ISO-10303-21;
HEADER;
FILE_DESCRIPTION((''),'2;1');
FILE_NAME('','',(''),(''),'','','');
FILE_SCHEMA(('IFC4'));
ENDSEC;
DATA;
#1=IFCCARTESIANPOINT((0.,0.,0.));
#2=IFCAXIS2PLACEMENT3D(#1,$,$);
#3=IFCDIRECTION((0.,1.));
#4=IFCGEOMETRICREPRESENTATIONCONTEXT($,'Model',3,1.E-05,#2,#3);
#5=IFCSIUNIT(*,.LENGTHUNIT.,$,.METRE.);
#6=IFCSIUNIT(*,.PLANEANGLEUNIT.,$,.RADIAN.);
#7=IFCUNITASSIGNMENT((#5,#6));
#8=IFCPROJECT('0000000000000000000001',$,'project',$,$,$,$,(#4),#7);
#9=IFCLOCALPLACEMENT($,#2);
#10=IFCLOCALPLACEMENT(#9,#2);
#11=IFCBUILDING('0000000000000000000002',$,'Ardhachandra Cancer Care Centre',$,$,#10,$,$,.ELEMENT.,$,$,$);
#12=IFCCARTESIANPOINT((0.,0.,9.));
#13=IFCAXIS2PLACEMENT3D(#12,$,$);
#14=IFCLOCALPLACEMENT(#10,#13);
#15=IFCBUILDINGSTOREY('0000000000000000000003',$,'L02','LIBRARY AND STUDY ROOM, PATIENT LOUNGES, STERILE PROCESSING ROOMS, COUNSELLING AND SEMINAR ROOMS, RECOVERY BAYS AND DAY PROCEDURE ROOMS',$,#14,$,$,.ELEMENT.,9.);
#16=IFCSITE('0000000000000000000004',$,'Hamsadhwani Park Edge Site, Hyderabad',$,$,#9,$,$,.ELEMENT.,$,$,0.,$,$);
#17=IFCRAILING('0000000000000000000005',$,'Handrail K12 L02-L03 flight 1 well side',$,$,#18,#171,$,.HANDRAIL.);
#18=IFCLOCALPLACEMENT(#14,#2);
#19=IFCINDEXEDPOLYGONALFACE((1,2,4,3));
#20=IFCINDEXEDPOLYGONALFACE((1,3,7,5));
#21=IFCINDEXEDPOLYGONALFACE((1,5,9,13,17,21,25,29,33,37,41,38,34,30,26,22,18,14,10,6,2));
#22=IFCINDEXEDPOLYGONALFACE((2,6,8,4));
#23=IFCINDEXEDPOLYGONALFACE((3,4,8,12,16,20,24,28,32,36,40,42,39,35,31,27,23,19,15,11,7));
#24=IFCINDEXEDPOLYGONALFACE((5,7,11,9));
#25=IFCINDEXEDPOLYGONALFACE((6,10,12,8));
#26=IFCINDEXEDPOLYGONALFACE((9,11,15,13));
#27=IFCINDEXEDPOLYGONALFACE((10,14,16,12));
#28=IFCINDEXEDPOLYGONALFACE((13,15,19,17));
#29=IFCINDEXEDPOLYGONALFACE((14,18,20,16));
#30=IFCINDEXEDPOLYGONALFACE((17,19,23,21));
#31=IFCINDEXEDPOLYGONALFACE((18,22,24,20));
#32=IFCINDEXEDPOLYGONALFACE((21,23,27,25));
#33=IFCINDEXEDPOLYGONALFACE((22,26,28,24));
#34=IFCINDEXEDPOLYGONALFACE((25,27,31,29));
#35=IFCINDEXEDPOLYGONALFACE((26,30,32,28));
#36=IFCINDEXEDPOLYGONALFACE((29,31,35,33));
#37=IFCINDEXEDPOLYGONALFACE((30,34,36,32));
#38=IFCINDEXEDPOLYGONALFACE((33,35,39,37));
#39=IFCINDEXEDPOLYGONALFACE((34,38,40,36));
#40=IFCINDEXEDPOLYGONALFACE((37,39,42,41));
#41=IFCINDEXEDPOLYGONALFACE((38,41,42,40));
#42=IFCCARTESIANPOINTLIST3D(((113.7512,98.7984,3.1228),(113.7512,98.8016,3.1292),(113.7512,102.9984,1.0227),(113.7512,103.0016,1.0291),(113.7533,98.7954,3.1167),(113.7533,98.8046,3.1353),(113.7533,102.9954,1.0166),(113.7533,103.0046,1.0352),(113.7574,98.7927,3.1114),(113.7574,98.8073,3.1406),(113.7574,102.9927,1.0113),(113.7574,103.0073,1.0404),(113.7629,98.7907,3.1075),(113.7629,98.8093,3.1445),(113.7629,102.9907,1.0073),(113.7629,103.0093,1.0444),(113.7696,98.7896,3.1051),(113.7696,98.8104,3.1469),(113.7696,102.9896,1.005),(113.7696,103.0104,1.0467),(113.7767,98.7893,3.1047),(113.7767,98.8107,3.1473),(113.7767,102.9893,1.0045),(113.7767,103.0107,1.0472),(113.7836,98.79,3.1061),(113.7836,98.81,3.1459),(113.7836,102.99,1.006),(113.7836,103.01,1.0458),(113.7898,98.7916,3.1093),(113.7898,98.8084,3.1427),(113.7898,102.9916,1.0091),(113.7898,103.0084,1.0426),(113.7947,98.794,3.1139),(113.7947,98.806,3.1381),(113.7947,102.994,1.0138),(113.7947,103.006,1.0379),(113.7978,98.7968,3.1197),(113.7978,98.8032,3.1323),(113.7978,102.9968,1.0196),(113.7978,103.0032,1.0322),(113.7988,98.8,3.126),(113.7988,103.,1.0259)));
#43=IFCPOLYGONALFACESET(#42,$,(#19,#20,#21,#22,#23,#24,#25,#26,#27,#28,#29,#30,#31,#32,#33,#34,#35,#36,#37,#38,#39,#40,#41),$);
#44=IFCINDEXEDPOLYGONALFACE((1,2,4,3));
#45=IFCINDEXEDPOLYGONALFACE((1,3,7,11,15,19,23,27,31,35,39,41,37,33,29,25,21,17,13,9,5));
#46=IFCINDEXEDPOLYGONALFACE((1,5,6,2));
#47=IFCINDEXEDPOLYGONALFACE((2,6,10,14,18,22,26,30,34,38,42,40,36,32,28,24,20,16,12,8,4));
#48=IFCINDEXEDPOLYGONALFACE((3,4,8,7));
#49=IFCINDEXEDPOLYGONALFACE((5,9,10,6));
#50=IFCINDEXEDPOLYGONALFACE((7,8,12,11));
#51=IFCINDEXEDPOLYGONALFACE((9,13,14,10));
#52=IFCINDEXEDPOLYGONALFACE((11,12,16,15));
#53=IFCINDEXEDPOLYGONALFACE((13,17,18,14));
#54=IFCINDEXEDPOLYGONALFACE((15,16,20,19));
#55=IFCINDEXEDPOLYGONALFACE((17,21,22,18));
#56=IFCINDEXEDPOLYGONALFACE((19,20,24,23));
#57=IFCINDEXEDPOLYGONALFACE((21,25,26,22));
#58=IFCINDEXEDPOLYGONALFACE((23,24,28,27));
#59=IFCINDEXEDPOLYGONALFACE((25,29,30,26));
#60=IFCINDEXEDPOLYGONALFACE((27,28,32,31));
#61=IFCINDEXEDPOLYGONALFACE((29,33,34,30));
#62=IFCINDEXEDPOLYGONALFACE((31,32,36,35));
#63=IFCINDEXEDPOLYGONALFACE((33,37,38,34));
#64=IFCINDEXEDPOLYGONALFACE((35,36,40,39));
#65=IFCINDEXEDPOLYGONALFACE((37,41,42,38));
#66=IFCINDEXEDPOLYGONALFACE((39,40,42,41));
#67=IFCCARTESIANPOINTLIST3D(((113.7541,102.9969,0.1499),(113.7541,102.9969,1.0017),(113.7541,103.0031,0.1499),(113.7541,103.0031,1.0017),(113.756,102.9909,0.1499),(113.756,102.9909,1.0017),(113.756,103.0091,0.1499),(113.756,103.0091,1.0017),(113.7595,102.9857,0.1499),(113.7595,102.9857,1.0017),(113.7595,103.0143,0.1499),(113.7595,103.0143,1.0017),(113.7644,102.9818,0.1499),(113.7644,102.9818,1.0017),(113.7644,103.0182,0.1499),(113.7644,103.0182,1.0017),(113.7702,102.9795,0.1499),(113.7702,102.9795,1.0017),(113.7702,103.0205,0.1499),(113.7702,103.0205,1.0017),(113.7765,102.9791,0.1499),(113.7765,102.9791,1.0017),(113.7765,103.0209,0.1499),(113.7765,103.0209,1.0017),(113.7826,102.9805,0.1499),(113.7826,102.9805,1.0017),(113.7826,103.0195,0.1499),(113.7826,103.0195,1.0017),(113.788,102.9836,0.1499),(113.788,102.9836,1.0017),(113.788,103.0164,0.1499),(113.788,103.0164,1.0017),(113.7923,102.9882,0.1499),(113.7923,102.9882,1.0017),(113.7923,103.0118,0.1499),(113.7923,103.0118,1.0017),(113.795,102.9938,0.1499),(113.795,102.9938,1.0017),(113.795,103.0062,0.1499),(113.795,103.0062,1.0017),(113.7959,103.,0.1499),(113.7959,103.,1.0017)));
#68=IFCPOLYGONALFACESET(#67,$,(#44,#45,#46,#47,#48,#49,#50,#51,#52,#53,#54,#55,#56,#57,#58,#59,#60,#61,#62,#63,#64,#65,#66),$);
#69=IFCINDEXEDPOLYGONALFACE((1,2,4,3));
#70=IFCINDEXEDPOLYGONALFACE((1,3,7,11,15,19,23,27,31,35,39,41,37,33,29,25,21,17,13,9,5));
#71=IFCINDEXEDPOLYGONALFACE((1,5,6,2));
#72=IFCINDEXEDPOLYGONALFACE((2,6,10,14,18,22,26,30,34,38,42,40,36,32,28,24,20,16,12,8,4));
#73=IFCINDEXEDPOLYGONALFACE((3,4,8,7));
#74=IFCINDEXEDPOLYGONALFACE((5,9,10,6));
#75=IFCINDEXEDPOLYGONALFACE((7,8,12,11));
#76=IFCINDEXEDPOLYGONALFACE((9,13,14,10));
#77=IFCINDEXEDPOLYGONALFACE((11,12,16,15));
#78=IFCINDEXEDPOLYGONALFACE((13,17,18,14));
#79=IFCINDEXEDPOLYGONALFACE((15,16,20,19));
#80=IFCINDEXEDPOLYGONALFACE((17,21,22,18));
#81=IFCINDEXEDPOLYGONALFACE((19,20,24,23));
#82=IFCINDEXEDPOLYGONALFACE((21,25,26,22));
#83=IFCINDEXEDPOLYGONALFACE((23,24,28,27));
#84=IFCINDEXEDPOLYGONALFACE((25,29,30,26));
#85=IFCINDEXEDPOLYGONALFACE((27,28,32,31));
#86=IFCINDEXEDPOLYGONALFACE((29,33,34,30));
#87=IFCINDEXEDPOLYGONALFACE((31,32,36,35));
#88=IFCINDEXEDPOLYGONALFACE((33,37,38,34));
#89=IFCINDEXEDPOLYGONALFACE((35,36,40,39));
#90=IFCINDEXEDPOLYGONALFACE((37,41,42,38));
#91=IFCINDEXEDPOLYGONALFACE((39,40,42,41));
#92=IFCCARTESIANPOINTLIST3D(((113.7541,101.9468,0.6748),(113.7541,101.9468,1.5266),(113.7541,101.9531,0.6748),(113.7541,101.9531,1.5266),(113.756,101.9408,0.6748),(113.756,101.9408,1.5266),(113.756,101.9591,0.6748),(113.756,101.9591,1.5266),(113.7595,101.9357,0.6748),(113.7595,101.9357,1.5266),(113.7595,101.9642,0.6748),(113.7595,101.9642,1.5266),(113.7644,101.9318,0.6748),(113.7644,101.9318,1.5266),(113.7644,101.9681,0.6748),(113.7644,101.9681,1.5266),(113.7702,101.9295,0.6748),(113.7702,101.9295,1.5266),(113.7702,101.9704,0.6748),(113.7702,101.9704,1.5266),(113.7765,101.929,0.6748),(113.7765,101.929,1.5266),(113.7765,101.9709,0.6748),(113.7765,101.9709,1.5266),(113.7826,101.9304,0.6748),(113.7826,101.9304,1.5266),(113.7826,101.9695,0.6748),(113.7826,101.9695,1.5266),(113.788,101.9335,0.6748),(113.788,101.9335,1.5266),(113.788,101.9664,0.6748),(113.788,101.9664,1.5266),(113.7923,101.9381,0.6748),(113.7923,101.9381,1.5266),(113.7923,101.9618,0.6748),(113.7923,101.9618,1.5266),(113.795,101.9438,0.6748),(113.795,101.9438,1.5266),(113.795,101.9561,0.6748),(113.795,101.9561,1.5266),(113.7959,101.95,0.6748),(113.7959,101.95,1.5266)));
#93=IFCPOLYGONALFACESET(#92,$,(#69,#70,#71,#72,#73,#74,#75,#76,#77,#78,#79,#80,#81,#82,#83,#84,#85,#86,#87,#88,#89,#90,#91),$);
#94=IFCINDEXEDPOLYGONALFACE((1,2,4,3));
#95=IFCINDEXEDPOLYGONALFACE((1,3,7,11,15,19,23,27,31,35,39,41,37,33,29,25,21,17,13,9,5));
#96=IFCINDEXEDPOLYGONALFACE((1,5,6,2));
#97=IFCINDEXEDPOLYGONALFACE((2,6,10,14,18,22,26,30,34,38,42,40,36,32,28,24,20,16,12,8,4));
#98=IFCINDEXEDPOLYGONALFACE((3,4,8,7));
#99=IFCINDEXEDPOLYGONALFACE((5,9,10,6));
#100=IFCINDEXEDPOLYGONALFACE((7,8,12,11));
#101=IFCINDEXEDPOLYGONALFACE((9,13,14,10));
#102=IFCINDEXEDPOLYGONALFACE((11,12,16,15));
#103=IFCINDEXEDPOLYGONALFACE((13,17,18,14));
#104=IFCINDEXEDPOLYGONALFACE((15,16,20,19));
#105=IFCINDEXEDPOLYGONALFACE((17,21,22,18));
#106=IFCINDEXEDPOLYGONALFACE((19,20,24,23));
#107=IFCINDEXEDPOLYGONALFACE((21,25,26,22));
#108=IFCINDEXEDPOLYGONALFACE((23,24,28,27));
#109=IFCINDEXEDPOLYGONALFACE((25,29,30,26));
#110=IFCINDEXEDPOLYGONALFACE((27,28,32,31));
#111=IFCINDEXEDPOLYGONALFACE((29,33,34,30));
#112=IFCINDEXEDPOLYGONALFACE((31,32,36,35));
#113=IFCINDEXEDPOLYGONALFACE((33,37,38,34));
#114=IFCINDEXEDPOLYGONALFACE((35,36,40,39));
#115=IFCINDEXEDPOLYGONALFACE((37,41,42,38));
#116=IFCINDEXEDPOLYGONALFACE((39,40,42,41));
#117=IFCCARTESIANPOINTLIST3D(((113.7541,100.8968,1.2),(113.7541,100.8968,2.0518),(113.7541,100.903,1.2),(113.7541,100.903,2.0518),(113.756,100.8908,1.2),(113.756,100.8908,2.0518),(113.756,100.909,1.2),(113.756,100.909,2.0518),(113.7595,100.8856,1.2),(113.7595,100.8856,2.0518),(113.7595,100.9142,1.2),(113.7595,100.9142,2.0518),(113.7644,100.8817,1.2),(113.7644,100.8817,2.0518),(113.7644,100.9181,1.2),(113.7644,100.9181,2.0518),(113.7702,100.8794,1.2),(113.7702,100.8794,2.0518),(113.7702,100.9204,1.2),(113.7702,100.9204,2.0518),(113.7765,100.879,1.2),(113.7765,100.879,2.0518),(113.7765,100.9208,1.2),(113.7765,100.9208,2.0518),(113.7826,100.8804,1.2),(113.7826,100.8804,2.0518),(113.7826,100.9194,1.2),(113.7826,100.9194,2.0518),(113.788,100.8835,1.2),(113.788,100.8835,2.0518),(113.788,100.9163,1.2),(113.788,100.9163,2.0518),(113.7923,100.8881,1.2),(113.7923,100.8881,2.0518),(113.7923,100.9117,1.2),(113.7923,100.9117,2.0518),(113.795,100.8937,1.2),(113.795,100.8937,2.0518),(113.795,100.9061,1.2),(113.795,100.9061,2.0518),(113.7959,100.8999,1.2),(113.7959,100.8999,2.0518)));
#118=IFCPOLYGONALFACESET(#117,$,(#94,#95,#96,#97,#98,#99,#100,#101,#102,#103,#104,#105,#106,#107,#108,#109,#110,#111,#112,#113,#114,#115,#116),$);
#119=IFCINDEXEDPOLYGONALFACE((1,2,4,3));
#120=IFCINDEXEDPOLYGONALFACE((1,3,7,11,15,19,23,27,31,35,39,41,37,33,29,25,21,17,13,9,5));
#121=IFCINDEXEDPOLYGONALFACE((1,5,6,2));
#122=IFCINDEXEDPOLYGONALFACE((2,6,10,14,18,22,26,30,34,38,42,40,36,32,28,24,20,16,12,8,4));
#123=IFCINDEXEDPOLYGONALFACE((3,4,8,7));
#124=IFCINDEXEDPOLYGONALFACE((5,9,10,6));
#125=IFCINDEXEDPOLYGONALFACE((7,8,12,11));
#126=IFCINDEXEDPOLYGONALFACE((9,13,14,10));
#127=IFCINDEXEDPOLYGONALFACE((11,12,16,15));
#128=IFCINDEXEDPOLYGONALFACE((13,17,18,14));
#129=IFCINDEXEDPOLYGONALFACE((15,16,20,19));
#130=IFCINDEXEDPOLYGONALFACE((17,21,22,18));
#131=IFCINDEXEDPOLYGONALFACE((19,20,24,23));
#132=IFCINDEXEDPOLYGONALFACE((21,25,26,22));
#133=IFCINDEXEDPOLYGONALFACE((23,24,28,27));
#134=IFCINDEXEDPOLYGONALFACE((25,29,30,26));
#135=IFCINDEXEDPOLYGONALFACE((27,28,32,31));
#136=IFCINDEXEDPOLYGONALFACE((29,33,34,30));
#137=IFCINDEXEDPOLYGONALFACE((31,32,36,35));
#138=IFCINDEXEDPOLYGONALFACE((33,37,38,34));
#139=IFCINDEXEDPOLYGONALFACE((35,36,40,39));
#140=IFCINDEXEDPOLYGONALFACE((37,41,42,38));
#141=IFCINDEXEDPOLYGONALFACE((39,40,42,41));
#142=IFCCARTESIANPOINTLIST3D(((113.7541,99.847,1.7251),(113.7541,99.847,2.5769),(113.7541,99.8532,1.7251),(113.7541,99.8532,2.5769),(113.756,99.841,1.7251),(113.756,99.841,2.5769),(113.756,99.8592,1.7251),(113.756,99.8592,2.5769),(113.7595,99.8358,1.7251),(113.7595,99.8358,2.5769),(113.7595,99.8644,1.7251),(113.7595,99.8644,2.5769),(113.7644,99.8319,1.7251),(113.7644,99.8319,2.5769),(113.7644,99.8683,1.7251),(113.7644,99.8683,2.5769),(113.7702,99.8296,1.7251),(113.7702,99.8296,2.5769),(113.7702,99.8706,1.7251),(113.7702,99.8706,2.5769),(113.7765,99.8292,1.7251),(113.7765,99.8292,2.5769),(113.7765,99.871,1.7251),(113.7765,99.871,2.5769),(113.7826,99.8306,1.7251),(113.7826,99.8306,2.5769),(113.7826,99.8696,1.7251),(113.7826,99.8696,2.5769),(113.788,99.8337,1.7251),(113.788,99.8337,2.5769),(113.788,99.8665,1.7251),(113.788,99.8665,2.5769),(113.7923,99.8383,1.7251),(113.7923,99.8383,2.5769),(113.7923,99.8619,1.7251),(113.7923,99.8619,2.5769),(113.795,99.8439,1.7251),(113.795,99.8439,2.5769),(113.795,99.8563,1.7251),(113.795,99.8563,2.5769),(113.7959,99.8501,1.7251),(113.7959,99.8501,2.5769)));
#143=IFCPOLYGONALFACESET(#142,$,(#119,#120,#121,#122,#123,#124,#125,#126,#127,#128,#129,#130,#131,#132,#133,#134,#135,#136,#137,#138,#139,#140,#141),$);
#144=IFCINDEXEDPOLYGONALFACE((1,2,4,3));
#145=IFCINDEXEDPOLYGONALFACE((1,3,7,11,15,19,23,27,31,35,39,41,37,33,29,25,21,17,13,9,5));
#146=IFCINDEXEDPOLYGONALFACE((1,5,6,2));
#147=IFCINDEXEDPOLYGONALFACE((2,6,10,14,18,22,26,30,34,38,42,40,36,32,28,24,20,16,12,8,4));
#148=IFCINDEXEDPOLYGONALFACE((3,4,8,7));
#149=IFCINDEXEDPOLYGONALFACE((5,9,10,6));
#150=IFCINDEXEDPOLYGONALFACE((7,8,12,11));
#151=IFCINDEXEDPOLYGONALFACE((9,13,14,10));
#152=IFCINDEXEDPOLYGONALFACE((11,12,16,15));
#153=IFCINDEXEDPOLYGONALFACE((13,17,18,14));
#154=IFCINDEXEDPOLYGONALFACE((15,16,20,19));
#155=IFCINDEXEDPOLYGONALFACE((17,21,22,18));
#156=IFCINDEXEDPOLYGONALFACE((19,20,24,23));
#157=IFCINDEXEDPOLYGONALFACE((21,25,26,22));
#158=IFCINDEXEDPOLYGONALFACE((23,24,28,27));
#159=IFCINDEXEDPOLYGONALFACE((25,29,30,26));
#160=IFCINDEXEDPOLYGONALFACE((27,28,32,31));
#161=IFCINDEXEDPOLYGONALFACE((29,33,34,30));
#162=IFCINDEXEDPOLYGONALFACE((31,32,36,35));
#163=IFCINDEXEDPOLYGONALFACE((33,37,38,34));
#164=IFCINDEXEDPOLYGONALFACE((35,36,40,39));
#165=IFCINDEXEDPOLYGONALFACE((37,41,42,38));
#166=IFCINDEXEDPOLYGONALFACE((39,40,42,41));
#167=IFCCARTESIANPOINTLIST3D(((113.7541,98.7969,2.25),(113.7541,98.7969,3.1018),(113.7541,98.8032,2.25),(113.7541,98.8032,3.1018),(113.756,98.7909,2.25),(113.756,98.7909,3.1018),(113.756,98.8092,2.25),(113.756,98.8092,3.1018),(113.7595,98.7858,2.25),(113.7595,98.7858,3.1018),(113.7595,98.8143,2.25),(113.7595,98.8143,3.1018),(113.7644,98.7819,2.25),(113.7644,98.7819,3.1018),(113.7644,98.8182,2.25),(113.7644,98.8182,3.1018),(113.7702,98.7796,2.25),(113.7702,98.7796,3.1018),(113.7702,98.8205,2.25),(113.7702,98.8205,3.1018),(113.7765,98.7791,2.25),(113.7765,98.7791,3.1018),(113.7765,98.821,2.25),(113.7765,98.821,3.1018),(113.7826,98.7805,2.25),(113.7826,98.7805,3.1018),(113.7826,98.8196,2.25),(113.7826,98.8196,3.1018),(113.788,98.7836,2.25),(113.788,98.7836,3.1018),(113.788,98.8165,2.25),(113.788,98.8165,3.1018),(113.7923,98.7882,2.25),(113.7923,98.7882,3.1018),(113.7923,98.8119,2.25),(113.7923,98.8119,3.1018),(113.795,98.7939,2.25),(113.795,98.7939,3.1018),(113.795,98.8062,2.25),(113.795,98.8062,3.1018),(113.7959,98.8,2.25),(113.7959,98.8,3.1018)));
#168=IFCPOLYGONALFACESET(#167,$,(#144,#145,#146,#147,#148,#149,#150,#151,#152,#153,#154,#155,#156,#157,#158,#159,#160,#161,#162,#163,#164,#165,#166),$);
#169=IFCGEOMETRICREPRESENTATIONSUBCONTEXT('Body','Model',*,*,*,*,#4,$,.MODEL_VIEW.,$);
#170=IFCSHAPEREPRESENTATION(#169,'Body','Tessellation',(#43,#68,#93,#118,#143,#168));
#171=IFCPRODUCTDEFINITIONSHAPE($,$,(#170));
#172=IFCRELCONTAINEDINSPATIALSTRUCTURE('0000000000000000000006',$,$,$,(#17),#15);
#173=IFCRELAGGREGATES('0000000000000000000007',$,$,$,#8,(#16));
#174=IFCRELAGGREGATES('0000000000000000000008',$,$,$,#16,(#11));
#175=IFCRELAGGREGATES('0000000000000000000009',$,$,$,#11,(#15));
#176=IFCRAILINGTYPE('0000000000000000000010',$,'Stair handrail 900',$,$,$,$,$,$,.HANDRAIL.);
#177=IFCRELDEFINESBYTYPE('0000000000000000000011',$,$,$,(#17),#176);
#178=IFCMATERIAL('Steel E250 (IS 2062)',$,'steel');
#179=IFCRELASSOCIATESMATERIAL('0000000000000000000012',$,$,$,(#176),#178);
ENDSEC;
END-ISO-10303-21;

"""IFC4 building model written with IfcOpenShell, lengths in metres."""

from ifc_helpers import new_model, si_unit, direction, frame, origin, origin_2d, place, context, subcontext, project, spatial, circle, extrude, material, type_object, element, save


model = new_model("IFC4")

# Units and contexts
model_context = context("Model", 3, precision=1e-05, world=origin(), true_north=direction((0.0, 1.0)))
body_context = subcontext(model_context, "Body", "Model", "MODEL_VIEW")
ifc_project = project(units=[si_unit("LENGTHUNIT", "METRE"), si_unit("PLANEANGLEUNIT", "RADIAN")], contexts=[model_context])

# Site, building, storey
site_placement = place(None, origin())
site = spatial("IfcSite", under=ifc_project, at=site_placement, Name="Hamsadhwani Park Edge Site, Hyderabad", CompositionType="ELEMENT", RefElevation=0.0)
building_placement = place(site_placement, origin())
building = spatial("IfcBuilding", under=site, at=building_placement, Name="Ardhachandra Cancer Care Centre", CompositionType="ELEMENT")
storey_placement = place(building_placement, frame((0.0, 0.0, 9.0)))
storey = spatial("IfcBuildingStorey", under=building, at=storey_placement, Name="L02", Description="LIBRARY AND STUDY ROOM, PATIENT LOUNGES, STERILE PROCESSING ROOMS, COUNSELLING AND SEMINAR ROOMS, RECOVERY BAYS AND DAY PROCEDURE ROOMS", CompositionType="ELEMENT", Elevation=9.0)

# Railing
ifc_material_1 = material(Name="Steel E250 (IS 2062)", Category="steel")
railing_type_1 = type_object("IfcRailingType", Name="Stair handrail 900", PredefinedType="HANDRAIL", material=ifc_material_1)
for number, where, name in (
    (1, (113.7749, 103.0, 0.1499), "Handrail K12 L02-L03 flight 1 well side"),
):
    element("IfcRailing", number, at=place(storey_placement, frame(where)), inside=storey, type_object=railing_type_1, Name=name, PredefinedType="HANDRAIL", context=body_context, shape_type="SweptSolid", body=[
        extrude(circle(Radius=0.0239, at=origin_2d()), frame((0.0, 0.0, 0.876), z_axis=(0.0, -0.894417, 0.447234), x_axis=(1.0, 0.0, 0.0)), (0.0, 0.0, 1.0), 4.6958),
        extrude(circle(Radius=0.021, at=origin_2d()), origin(), (0.0, 0.0, 1.0), 0.8518),
        extrude(circle(Radius=0.021, at=origin_2d()), frame((0.0, -1.05, 0.5249)), (0.0, 0.0, 1.0), 0.8518),
        extrude(circle(Radius=0.021, at=origin_2d()), frame((0.0, -2.1001, 1.05)), (0.0, 0.0, 1.0), 0.8518),
        extrude(circle(Radius=0.021, at=origin_2d()), frame((0.0, -3.1499, 1.5752)), (0.0, 0.0, 1.0), 0.8518),
        extrude(circle(Radius=0.021, at=origin_2d()), frame((0.0, -4.2, 2.1001)), (0.0, 0.0, 1.0), 0.8518),
    ])

save(model, "model.ifc")
